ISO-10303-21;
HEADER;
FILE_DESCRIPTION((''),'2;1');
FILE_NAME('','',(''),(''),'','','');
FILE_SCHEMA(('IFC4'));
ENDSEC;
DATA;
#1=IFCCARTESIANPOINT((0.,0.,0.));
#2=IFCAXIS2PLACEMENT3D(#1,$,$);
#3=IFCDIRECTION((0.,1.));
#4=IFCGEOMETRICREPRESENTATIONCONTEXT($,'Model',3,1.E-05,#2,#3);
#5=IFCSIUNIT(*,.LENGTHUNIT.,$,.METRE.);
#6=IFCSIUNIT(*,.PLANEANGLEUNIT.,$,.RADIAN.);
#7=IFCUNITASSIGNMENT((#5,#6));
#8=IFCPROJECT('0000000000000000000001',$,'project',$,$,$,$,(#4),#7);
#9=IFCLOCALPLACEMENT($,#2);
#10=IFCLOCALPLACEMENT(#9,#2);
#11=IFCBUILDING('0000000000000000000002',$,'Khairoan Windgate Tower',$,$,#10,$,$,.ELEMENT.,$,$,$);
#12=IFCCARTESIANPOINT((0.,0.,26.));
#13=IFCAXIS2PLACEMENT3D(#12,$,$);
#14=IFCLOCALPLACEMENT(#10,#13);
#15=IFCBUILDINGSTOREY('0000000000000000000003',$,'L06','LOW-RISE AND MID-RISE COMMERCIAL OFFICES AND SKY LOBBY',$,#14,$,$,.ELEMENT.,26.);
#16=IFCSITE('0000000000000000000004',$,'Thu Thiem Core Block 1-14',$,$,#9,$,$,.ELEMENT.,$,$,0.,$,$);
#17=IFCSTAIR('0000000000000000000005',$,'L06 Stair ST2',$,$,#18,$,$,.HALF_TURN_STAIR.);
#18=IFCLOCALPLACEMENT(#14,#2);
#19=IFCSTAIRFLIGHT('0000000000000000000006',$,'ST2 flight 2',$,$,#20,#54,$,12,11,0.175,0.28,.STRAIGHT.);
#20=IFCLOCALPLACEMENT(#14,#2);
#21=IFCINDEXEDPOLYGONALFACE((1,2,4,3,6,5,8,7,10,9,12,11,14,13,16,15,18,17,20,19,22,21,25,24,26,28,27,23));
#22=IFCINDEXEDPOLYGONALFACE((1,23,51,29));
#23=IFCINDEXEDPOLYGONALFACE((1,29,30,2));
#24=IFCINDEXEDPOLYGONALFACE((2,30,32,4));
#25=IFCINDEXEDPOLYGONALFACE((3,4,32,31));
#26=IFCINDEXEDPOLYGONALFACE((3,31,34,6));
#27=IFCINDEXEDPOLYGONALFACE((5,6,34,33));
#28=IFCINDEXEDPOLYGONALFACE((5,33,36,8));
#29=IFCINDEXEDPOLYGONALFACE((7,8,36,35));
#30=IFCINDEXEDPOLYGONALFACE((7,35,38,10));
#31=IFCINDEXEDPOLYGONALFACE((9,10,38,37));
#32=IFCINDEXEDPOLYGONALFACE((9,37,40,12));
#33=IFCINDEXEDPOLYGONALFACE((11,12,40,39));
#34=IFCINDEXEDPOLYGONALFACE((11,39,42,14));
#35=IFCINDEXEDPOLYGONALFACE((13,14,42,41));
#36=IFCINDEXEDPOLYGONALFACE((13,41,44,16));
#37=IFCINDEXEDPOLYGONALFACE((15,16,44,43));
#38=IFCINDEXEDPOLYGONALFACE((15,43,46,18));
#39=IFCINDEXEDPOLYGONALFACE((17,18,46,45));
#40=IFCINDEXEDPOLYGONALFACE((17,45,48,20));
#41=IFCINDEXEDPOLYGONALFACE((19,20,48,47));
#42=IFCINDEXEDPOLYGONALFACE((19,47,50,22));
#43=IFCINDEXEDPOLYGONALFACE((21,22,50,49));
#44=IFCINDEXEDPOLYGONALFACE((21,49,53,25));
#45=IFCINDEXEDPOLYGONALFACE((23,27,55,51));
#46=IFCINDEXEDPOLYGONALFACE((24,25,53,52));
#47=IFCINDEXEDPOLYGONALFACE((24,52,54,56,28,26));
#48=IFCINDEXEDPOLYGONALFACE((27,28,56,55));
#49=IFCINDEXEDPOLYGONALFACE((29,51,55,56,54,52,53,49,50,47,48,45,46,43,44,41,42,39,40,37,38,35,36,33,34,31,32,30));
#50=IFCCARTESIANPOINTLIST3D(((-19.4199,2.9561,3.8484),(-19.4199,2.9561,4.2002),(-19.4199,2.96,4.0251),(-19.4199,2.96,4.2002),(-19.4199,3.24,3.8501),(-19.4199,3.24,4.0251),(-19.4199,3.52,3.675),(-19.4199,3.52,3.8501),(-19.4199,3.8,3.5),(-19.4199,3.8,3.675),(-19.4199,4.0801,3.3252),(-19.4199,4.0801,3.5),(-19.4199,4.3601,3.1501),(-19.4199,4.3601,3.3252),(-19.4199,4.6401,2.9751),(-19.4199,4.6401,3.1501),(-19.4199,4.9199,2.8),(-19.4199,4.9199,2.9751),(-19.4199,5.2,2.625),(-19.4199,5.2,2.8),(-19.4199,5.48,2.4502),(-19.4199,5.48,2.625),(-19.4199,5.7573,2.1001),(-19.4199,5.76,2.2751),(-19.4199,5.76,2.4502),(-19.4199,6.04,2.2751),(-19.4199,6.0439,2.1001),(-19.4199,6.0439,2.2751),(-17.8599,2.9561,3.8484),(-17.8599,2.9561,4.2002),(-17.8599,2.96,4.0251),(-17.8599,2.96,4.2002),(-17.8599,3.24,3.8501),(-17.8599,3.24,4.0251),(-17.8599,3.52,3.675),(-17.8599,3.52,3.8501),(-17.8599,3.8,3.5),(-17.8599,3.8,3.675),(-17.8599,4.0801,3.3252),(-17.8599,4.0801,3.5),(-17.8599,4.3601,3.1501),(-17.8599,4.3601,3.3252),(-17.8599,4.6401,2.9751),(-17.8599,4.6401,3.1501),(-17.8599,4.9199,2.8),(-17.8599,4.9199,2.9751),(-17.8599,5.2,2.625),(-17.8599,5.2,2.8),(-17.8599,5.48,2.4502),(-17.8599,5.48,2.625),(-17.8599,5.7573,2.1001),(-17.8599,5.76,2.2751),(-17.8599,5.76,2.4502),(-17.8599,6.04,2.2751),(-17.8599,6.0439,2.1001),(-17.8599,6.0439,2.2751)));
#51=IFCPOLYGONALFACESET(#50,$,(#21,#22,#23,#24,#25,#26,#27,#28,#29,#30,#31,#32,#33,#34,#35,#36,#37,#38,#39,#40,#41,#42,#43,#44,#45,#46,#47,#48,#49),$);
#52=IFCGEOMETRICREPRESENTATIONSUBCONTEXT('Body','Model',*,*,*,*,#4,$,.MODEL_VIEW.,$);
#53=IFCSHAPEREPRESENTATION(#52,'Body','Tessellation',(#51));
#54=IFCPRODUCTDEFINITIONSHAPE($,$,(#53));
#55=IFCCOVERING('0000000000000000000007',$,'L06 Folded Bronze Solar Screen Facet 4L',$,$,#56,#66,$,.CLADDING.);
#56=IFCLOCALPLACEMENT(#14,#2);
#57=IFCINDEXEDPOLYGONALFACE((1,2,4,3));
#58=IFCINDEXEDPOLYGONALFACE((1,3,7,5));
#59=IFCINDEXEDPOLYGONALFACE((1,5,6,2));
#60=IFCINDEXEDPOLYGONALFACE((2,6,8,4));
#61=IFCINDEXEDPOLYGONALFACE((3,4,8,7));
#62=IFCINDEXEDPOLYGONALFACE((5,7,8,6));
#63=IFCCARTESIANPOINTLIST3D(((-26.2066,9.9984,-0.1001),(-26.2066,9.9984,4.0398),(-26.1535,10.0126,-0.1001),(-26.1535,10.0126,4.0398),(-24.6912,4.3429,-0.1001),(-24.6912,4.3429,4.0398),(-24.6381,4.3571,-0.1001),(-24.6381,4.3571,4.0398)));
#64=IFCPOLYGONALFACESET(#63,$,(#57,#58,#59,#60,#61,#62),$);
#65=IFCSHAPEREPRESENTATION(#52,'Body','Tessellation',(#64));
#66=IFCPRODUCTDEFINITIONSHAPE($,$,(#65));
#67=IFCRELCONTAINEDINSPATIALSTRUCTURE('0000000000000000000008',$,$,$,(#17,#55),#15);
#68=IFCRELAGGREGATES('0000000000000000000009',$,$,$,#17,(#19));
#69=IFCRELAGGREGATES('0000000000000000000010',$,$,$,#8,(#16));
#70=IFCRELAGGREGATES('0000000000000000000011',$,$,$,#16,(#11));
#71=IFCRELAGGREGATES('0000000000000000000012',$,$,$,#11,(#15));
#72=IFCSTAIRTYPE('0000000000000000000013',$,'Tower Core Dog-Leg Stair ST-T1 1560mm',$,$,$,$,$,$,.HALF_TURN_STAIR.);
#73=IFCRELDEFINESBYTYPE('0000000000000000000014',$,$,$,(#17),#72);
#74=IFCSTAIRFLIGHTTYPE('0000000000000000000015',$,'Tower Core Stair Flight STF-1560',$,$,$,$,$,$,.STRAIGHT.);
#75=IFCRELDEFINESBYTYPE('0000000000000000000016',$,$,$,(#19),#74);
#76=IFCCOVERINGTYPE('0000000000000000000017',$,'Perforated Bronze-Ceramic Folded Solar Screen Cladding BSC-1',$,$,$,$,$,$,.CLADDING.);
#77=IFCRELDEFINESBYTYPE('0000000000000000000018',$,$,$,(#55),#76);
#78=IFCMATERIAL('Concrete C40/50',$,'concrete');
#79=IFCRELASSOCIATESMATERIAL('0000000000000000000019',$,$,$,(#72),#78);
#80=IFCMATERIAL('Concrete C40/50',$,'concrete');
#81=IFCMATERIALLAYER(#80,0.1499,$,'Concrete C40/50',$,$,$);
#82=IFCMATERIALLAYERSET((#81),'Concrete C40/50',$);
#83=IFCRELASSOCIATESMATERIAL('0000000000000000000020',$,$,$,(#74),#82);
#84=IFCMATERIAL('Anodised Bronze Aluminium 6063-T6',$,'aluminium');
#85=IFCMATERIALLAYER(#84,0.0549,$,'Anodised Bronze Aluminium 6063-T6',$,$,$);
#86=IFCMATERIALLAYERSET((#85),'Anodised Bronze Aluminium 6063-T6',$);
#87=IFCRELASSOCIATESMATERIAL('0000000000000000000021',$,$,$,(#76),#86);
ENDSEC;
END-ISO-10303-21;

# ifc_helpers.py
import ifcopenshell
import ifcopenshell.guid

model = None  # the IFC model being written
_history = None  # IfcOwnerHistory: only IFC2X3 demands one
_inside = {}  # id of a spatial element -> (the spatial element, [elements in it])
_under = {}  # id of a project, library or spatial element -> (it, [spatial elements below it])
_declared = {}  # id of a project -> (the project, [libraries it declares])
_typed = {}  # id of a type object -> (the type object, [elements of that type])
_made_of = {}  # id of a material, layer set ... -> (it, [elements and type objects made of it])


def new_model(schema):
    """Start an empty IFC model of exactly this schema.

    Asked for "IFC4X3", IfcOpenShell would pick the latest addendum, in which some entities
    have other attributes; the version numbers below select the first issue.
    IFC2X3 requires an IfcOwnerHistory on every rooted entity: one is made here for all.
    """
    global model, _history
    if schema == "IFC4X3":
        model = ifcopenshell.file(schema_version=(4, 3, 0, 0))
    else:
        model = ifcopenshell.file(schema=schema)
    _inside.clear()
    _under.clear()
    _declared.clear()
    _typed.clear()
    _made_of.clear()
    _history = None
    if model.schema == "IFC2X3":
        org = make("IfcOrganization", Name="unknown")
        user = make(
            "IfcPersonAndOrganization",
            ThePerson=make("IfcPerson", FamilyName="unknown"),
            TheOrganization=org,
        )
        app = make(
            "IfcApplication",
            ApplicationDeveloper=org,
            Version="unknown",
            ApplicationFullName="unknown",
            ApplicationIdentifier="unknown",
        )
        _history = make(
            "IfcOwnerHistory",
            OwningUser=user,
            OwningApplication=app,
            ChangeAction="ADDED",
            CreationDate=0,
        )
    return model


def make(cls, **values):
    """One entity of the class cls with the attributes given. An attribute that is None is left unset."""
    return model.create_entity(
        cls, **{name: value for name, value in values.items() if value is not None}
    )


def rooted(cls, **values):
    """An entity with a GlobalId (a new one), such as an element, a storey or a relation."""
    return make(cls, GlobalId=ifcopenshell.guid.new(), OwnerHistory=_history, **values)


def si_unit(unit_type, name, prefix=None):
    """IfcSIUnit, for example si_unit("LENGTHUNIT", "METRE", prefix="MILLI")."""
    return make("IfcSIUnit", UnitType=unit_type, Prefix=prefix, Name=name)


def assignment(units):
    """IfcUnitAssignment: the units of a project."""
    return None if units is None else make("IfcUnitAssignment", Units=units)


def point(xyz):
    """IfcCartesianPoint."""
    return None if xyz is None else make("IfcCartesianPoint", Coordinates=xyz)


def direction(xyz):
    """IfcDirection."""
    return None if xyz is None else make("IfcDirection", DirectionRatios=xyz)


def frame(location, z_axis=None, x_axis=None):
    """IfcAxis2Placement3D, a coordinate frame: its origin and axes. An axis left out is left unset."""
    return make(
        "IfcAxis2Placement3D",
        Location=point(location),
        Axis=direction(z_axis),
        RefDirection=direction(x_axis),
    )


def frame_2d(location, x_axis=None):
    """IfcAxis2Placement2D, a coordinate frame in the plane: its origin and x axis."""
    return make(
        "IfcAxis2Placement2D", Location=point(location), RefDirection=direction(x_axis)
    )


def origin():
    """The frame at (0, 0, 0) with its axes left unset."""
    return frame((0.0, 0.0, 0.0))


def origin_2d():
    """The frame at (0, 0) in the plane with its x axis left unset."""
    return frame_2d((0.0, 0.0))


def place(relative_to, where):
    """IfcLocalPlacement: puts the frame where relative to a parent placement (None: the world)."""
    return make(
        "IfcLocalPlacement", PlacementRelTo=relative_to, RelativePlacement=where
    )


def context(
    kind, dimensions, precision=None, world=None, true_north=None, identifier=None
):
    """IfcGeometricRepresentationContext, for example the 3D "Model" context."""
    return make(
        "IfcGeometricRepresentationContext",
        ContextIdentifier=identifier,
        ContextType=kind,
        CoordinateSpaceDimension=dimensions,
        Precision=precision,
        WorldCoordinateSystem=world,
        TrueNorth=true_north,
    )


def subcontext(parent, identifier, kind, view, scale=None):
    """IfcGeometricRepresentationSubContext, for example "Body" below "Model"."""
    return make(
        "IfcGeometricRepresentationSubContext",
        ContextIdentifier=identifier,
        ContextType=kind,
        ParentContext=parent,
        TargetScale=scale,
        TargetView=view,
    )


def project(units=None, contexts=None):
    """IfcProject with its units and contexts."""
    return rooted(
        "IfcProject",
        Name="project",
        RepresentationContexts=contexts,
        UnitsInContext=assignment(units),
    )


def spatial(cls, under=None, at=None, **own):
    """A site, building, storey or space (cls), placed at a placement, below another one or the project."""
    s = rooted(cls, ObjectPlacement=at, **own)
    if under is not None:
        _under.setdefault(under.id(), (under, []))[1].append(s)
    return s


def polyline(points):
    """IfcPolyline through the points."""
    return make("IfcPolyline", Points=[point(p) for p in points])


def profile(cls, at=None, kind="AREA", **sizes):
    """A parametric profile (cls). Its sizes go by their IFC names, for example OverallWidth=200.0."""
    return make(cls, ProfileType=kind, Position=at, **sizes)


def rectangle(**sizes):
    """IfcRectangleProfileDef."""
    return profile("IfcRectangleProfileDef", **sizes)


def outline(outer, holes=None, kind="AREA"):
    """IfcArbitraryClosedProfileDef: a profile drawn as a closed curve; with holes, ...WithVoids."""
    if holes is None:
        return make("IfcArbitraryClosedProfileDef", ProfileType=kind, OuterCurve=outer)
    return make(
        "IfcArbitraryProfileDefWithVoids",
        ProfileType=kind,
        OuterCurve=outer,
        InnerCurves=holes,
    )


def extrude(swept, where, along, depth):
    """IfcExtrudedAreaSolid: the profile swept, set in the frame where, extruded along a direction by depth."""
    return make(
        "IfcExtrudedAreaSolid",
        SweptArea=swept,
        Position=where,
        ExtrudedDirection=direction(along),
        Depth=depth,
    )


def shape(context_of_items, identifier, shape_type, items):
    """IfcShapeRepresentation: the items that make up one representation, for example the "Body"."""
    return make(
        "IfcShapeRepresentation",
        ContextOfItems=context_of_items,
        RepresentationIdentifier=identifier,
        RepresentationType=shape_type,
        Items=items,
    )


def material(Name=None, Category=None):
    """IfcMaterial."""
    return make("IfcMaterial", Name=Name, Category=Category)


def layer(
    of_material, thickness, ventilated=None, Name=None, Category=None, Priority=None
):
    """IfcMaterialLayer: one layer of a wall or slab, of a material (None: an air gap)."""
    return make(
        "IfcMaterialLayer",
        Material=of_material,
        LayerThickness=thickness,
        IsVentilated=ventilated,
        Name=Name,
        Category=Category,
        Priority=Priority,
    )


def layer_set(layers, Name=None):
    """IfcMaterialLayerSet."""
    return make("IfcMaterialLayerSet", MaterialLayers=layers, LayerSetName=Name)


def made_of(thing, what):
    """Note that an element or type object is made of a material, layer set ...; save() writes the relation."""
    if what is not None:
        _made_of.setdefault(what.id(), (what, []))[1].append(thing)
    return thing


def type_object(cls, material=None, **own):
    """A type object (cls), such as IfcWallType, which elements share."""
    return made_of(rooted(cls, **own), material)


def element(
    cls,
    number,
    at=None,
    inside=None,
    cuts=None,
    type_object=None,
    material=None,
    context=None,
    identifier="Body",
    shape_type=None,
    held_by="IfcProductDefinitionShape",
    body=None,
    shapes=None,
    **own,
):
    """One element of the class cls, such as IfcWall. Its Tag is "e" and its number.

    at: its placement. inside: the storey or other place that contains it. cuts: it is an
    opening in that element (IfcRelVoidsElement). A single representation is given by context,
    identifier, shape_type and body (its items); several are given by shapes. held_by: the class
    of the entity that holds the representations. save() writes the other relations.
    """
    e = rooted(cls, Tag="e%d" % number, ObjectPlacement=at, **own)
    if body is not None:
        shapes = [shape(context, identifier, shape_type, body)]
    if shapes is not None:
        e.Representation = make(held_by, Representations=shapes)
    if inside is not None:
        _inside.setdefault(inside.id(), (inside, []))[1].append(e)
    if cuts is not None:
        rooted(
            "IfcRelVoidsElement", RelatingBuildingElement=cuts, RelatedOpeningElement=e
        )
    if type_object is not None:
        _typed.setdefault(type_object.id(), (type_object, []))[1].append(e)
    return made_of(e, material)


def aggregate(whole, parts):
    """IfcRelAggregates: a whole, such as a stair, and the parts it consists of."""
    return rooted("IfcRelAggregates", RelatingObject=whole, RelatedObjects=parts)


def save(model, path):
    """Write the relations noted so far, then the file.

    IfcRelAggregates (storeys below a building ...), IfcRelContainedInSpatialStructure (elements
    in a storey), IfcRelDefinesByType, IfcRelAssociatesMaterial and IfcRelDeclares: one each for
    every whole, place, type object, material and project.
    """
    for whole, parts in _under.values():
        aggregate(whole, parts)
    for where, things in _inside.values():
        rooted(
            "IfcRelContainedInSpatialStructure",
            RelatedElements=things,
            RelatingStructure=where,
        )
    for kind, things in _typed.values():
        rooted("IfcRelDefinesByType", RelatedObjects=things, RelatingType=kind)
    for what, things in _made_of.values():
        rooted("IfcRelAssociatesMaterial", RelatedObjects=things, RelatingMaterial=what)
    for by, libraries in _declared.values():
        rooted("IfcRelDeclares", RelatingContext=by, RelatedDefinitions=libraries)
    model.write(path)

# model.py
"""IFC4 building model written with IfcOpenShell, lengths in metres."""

from ifc_helpers import new_model, si_unit, direction, frame, origin, origin_2d, place, context, subcontext, project, spatial, polyline, rectangle, outline, extrude, material, layer, layer_set, type_object, element, aggregate, save


model = new_model("IFC4")

# Units and contexts
model_context = context("Model", 3, precision=1e-05, world=origin(), true_north=direction((0.0, 1.0)))
body_context = subcontext(model_context, "Body", "Model", "MODEL_VIEW")
ifc_project = project(units=[si_unit("LENGTHUNIT", "METRE"), si_unit("PLANEANGLEUNIT", "RADIAN")], contexts=[model_context])

# Site, building, storey
site_placement = place(None, origin())
site = spatial("IfcSite", under=ifc_project, at=site_placement, Name="Thu Thiem Core Block 1-14", CompositionType="ELEMENT", RefElevation=0.0)
building_placement = place(site_placement, origin())
building = spatial("IfcBuilding", under=site, at=building_placement, Name="Khairoan Windgate Tower", CompositionType="ELEMENT")
storey_placement = place(building_placement, frame((0.0, 0.0, 26.0)))
storey = spatial("IfcBuildingStorey", under=building, at=storey_placement, Name="L06", Description="LOW-RISE AND MID-RISE COMMERCIAL OFFICES AND SKY LOBBY", CompositionType="ELEMENT", Elevation=26.0)

# Stair, stair flight
ifc_material_1 = material(Name="Concrete C40/50", Category="concrete")
stair_type = type_object("IfcStairType", Name="Tower Core Dog-Leg Stair ST-T1 1560mm", PredefinedType="HALF_TURN_STAIR", material=ifc_material_1)
stair_placement = place(storey_placement, origin())
stair = element("IfcStair", 1, at=stair_placement, inside=storey, type_object=stair_type, Name="L06 Stair ST2", PredefinedType="HALF_TURN_STAIR")
ifc_material_2 = material(Name="Concrete C40/50", Category="concrete")
ifc_layer_1 = layer(ifc_material_2, 0.1499, Name="Concrete C40/50")
ifc_layer_set_1 = layer_set([ifc_layer_1], Name="Concrete C40/50")
stair_flight_type = type_object("IfcStairFlightType", Name="Tower Core Stair Flight STF-1560", PredefinedType="STRAIGHT", material=ifc_layer_set_1)
stair_flight_1_placement = place(storey_placement, frame((-18.6399, 6.04, 2.1001), z_axis=(0.0, 0.0, 1.0), x_axis=(0.0, -1.0, 0.0)))
stair_flight_1 = element("IfcStairFlight", 2, at=stair_flight_1_placement, type_object=stair_flight_type, Name="ST2 flight 2", NumberOfRisers=12, NumberOfTreads=11, PredefinedType="STRAIGHT", RiserHeight=0.175, TreadLength=0.28, context=body_context, shape_type="SweptSolid", body=[
    extrude(outline(polyline([(-0.0039, 0.0), (-0.0039, 0.175), (0.0, 0.175), (0.28, 0.175), (0.28, 0.3501), (0.5601, 0.3501), (0.5601, 0.5249), (0.8401, 0.5249), (0.8401, 0.7), (1.1201, 0.7), (1.1201, 0.875), (1.3999, 0.875), (1.3999, 1.05), (1.6799, 1.05), (1.6799, 1.2251), (1.96, 1.2251), (1.96, 1.3999), (2.24, 1.3999), (2.24, 1.575), (2.52, 1.575), (2.52, 1.75), (2.8, 1.75), (2.8, 1.925), (3.0801, 1.925), (3.0801, 2.1001), (3.084, 2.1001), (3.084, 1.7483), (0.2827, 0.0), (-0.0039, 0.0)])), frame((0.0, 0.78, 0.0), z_axis=(0.0, -1.0, 0.0), x_axis=(1.0, 0.0, 0.0)), (0.0, 0.0, 1.0), 1.5601),
])
aggregate(stair, [stair_flight_1])

# Covering
ifc_material_3 = material(Name="Anodised Bronze Aluminium 6063-T6", Category="aluminium")
ifc_layer_2 = layer(ifc_material_3, 0.0549, Name="Anodised Bronze Aluminium 6063-T6")
ifc_layer_set_2 = layer_set([ifc_layer_2], Name="Anodised Bronze Aluminium 6063-T6")
covering_type = type_object("IfcCoveringType", Name="Perforated Bronze-Ceramic Folded Solar Screen Cladding BSC-1", PredefinedType="CLADDING", material=ifc_layer_set_2)
covering_placement = place(storey_placement, frame((-25.4224, 7.1777, -0.1001), z_axis=(0.0, 0.0, 1.0), x_axis=(-0.258819, 0.965926, 0.0)))
element("IfcCovering", 3, at=covering_placement, inside=storey, type_object=covering_type, Name="L06 Folded Bronze Solar Screen Facet 4L", PredefinedType="CLADDING", context=body_context, shape_type="SweptSolid", body=[
    extrude(rectangle(XDim=5.855, YDim=0.0549, at=origin_2d()), origin(), (0.0, 0.0, 1.0), 4.1399),
])

save(model, "model.ifc")
